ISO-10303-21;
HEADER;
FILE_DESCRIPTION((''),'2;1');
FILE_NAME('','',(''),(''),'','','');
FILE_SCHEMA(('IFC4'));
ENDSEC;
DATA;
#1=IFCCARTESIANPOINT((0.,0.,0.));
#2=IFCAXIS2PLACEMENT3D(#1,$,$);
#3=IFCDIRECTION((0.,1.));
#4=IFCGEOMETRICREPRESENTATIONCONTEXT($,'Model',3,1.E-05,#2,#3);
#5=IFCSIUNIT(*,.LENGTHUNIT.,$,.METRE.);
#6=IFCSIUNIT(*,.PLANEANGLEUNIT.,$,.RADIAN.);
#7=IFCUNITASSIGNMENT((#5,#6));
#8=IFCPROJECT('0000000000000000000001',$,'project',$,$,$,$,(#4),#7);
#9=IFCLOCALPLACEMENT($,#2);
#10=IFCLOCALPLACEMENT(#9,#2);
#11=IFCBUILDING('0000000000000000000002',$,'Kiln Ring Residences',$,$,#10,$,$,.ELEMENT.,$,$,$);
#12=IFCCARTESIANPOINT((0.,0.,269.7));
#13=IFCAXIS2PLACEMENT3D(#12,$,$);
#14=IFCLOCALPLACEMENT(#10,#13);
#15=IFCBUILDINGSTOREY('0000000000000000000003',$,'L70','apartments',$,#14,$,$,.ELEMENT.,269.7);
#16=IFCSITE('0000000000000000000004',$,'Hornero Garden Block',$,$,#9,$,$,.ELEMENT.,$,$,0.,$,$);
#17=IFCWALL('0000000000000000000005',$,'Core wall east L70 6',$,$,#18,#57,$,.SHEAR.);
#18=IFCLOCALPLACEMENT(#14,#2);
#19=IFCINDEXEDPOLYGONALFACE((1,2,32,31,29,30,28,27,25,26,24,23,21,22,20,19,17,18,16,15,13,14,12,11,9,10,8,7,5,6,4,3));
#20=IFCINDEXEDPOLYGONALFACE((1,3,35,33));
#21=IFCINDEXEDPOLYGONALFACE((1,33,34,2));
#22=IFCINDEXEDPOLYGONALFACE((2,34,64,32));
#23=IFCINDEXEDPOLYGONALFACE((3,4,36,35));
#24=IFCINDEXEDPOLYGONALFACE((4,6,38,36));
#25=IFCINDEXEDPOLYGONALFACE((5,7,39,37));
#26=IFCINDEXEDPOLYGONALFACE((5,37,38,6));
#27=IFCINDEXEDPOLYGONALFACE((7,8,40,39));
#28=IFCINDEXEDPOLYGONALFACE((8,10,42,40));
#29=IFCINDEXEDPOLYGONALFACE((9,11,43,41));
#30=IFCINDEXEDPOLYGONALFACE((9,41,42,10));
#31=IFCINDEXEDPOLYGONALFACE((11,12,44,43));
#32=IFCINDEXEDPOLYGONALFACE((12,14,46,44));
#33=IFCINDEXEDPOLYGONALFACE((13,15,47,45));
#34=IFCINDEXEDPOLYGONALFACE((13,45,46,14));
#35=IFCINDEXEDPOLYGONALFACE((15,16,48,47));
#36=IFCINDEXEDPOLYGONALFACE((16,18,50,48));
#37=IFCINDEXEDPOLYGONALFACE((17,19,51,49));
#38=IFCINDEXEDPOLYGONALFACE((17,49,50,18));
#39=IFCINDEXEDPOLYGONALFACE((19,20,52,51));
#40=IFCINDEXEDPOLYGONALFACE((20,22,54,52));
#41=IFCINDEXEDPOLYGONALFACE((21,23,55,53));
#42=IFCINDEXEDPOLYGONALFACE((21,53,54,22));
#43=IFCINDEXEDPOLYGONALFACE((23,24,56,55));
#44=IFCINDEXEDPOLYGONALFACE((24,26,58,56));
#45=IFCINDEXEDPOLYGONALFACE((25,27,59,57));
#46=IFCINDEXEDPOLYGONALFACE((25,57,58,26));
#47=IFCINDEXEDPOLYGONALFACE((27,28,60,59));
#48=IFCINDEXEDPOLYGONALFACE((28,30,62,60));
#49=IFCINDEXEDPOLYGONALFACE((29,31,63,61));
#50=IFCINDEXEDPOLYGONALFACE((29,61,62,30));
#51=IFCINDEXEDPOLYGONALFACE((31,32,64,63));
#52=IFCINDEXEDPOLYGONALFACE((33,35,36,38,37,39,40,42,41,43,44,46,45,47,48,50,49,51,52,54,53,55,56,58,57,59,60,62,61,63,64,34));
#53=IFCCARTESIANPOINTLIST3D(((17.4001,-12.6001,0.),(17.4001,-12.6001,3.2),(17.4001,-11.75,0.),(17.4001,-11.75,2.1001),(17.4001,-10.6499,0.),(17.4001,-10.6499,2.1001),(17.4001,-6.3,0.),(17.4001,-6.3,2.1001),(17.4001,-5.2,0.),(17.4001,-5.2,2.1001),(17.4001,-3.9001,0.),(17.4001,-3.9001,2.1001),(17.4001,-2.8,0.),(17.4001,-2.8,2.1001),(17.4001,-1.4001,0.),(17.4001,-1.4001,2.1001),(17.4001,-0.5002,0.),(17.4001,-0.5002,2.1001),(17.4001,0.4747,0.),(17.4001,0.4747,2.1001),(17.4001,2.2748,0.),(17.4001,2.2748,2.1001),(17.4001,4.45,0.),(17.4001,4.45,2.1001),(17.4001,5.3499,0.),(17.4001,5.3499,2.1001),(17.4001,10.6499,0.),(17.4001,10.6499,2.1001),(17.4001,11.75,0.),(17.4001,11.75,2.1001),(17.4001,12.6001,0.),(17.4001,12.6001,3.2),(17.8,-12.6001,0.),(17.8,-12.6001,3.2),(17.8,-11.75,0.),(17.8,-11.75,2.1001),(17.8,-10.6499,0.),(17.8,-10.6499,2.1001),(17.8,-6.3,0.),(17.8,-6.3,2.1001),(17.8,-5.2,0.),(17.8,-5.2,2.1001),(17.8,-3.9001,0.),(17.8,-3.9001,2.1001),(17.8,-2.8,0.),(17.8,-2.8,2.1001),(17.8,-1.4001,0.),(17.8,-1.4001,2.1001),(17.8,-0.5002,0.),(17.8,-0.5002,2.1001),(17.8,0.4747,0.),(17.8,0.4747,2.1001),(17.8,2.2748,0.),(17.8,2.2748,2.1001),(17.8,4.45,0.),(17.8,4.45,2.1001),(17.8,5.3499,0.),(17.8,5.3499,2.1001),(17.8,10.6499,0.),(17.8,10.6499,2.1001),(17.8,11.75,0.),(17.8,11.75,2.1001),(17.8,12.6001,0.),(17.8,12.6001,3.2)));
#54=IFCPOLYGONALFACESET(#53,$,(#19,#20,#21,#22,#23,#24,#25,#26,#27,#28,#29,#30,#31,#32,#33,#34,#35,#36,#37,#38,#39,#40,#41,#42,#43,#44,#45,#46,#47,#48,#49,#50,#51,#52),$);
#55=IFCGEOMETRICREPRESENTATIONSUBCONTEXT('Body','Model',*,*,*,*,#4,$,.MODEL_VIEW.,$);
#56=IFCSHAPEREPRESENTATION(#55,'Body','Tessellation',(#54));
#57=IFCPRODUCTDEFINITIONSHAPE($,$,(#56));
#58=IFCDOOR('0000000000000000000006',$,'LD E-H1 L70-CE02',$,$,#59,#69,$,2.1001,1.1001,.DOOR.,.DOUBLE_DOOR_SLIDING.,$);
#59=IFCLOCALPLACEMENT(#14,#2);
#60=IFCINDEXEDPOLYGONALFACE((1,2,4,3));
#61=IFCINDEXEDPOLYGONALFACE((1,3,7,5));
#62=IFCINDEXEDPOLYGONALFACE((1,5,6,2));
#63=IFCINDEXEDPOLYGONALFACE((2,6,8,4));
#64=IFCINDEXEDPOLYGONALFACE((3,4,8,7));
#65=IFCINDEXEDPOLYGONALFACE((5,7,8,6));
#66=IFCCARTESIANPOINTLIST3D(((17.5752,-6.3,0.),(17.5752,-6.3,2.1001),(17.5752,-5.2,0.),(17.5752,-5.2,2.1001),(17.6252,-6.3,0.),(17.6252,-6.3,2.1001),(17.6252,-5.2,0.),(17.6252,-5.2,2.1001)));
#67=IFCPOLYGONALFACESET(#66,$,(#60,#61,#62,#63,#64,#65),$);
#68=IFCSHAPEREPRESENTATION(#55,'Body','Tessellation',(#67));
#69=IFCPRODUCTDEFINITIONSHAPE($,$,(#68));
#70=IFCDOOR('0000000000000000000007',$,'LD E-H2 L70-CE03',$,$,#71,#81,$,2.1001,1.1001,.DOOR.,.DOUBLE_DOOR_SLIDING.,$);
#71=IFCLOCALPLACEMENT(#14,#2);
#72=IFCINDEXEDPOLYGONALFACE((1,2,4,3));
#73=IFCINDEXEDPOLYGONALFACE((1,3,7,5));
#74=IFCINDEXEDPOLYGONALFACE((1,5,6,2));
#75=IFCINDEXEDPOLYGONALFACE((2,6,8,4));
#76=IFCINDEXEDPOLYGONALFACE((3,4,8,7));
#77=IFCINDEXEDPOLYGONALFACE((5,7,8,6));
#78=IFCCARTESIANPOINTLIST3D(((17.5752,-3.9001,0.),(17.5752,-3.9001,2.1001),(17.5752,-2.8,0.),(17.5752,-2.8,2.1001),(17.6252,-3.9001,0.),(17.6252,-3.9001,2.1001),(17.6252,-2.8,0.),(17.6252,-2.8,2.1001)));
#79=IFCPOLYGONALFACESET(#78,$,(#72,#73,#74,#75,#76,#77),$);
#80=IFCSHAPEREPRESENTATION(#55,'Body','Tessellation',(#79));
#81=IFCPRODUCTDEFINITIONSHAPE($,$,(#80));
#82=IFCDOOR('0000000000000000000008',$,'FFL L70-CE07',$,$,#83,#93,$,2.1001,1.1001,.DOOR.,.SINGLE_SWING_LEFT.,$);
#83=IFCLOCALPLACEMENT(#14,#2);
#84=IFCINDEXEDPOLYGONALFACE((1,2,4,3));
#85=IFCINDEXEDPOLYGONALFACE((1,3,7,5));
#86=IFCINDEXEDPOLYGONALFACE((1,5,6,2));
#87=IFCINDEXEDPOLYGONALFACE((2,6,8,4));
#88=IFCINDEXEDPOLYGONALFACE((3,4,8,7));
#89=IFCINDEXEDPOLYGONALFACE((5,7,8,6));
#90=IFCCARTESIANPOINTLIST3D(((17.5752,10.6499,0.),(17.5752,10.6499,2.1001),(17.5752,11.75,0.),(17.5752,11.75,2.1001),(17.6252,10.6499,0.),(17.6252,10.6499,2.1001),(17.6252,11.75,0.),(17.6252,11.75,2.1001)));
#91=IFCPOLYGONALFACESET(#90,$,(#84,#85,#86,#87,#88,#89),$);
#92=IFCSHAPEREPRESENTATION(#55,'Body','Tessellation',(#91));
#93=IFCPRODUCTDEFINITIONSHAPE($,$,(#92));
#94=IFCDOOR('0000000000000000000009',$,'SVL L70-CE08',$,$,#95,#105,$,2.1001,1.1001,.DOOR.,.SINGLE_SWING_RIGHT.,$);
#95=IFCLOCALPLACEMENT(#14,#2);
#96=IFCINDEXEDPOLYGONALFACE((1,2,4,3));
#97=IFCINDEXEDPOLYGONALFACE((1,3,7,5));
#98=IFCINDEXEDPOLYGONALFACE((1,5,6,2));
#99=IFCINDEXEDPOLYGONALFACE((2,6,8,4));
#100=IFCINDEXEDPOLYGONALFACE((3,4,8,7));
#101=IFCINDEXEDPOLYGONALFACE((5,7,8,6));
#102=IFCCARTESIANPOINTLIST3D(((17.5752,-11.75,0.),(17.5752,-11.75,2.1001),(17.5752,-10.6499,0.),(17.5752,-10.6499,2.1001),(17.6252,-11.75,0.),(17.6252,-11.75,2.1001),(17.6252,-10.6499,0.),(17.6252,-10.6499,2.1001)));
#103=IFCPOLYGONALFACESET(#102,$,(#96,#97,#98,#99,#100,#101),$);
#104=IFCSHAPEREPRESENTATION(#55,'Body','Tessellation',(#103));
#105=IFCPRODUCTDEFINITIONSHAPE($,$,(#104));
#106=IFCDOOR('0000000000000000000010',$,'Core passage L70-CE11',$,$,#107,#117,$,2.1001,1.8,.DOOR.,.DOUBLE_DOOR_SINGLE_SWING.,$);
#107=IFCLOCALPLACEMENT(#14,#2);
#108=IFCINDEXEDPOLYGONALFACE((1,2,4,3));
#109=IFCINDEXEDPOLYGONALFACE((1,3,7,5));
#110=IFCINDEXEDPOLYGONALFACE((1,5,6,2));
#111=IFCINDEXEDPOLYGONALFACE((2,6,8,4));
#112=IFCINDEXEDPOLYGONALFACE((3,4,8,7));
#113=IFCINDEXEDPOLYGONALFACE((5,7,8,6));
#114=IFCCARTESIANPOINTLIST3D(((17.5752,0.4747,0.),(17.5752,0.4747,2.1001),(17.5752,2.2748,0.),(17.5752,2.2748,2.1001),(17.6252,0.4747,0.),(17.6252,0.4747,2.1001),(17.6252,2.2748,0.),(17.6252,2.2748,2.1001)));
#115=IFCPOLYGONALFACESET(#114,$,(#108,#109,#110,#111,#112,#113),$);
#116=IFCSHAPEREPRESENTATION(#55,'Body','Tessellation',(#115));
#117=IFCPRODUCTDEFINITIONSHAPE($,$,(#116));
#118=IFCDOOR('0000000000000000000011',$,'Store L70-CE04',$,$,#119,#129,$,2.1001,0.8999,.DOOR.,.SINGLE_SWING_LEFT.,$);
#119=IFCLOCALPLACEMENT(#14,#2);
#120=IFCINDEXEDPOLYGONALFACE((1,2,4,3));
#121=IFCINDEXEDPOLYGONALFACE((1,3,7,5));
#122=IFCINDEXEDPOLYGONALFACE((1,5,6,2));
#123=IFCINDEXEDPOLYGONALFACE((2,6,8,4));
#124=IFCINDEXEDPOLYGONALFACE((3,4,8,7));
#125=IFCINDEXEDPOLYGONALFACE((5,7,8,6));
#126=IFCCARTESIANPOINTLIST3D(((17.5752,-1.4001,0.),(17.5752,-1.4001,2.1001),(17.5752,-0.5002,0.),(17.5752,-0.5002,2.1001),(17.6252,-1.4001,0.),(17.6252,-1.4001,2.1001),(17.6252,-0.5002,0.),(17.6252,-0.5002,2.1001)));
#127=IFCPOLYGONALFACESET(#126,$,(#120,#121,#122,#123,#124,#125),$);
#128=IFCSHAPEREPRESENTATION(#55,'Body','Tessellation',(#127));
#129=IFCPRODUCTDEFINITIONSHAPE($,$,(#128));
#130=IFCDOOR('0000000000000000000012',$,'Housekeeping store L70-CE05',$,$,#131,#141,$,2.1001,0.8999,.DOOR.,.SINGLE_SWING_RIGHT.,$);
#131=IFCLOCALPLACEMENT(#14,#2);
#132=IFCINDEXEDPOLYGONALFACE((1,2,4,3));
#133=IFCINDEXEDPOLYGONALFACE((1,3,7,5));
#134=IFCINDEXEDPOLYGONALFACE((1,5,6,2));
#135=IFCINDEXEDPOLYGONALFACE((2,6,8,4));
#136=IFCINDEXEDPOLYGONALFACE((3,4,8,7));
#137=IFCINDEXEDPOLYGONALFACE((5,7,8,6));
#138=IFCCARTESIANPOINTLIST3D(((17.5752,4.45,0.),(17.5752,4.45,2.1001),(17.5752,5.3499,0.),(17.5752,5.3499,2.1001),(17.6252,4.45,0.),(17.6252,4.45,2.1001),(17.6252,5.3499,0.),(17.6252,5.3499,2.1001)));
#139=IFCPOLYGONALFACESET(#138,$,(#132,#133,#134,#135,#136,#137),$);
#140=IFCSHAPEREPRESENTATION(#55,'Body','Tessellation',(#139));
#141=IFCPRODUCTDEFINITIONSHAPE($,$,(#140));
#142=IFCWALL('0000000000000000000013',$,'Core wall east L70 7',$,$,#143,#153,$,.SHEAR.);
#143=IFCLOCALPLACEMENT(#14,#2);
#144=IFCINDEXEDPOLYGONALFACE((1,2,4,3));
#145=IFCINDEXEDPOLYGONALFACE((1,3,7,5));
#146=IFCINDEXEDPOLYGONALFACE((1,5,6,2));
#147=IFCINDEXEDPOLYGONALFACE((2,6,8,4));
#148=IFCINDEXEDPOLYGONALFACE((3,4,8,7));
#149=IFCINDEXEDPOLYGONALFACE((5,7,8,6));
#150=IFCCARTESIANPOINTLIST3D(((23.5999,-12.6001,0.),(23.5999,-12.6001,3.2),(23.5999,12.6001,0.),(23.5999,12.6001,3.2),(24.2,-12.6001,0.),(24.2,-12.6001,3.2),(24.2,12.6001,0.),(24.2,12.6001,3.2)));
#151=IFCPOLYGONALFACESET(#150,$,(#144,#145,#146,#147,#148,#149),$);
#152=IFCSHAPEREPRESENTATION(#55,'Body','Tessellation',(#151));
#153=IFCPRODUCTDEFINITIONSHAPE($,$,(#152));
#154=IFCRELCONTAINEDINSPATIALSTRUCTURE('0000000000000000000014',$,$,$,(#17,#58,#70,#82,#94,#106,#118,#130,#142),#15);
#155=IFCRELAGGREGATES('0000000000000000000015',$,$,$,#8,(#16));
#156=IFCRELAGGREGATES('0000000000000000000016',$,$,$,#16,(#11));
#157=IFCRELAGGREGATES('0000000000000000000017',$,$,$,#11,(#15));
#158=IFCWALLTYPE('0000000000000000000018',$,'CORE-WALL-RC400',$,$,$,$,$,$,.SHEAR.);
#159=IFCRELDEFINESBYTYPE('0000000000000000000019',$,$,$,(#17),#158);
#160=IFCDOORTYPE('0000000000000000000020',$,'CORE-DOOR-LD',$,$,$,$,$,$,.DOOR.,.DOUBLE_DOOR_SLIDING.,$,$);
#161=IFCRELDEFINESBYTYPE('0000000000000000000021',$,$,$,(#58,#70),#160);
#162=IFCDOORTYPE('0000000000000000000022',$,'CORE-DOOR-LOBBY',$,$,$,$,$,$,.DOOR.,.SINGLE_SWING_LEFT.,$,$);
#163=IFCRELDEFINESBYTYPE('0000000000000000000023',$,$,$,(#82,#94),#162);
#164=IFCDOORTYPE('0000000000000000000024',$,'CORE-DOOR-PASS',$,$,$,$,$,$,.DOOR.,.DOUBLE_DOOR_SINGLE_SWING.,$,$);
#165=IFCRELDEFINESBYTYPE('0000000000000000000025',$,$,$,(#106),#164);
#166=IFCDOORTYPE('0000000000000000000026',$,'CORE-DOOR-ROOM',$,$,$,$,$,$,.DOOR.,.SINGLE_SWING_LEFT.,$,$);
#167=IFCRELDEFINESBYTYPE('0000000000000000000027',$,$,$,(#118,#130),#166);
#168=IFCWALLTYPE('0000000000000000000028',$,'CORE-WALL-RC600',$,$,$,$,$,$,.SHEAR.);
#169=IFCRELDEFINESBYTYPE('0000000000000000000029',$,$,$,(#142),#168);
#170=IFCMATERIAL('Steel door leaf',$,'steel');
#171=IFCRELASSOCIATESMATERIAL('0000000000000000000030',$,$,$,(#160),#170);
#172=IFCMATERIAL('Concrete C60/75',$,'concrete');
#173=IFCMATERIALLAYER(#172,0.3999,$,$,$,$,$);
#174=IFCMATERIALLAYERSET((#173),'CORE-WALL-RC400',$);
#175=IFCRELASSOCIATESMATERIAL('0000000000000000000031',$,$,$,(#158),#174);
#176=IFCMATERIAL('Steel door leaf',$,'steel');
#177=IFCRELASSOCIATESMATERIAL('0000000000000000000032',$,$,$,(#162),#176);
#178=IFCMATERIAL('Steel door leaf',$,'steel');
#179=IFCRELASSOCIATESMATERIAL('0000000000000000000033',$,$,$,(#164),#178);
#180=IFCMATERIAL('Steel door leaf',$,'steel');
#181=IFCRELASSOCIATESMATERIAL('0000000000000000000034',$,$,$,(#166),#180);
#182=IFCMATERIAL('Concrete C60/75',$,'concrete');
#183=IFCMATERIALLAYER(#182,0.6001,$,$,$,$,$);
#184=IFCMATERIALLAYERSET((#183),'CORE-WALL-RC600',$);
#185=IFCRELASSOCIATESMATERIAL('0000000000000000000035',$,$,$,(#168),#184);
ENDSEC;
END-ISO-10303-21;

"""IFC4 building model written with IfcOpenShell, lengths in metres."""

from ifc_helpers import new_model, si_unit, direction, frame, frame_2d, origin, place, context, subcontext, project, spatial, rectangle, extrude, material, layer, layer_set, type_object, element, fill, save


model = new_model("IFC4")

# Units and contexts
model_context = context("Model", 3, precision=1e-05, world=origin(), true_north=direction((0.0, 1.0)))
body_context = subcontext(model_context, "Body", "Model", "MODEL_VIEW")
ifc_project = project(units=[si_unit("LENGTHUNIT", "METRE"), si_unit("PLANEANGLEUNIT", "RADIAN")], contexts=[model_context])

# Site, building, storey
site_placement = place(None, origin())
site = spatial("IfcSite", under=ifc_project, at=site_placement, Name="Hornero Garden Block", CompositionType="ELEMENT", RefElevation=0.0)
building_placement = place(site_placement, origin())
building = spatial("IfcBuilding", under=site, at=building_placement, Name="Kiln Ring Residences", CompositionType="ELEMENT")
storey_placement = place(building_placement, frame((0.0, 0.0, 269.7)))
storey = spatial("IfcBuildingStorey", under=building, at=storey_placement, Name="L70", Description="apartments", CompositionType="ELEMENT", Elevation=269.7)

# Wall, openings, doors
ifc_material_1 = material(Name="Steel door leaf", Category="steel")
door_type_1 = type_object("IfcDoorType", Name="CORE-DOOR-LD", OperationType="DOUBLE_DOOR_SLIDING", PredefinedType="DOOR", material=ifc_material_1)
ifc_material_2 = material(Name="Concrete C60/75", Category="concrete")
ifc_layer_1 = layer(ifc_material_2, 0.3999)
ifc_layer_set_1 = layer_set([ifc_layer_1], Name="CORE-WALL-RC400")
wall_type_1 = type_object("IfcWallType", Name="CORE-WALL-RC400", PredefinedType="SHEAR", material=ifc_layer_set_1)
wall_1_placement = place(storey_placement, frame((17.6001, -12.6001, 0.0), z_axis=(0.0, 0.0, 1.0), x_axis=(0.0, 1.0, 0.0)))
wall_1 = element("IfcWall", 1, at=wall_1_placement, inside=storey, type_object=wall_type_1, Name="Core wall east L70 6", PredefinedType="SHEAR", context=body_context, shape_type="SweptSolid", body=[
    extrude(rectangle(XDim=25.2002, YDim=0.3999, at=frame_2d((12.6001, 0.0))), origin(), (0.0, 0.0, 1.0), 3.2),
])
opening_1_placement = place(wall_1_placement, frame((6.3, 0.0, 0.0)))
opening_1 = element("IfcOpeningElement", 2, at=opening_1_placement, cuts=wall_1, PredefinedType="OPENING", context=body_context, shape_type="SweptSolid", body=[
    extrude(rectangle(XDim=1.1001, YDim=2.1001, at=frame_2d((0.55, 1.05))), frame((0.0, 0.21, 0.0), z_axis=(0.0, -1.0, 0.0), x_axis=(1.0, 0.0, 0.0)), (0.0, 0.0, 1.0), 0.4199),
])
opening_2_placement = place(wall_1_placement, frame((8.7, 0.0, 0.0)))
opening_2 = element("IfcOpeningElement", 3, at=opening_2_placement, cuts=wall_1, PredefinedType="OPENING", context=body_context, shape_type="SweptSolid", body=[
    extrude(rectangle(XDim=1.1001, YDim=2.1001, at=frame_2d((0.55, 1.05))), frame((0.0, 0.21, 0.0), z_axis=(0.0, -1.0, 0.0), x_axis=(1.0, 0.0, 0.0)), (0.0, 0.0, 1.0), 0.4199),
])
opening_3_placement = place(wall_1_placement, frame((11.2, 0.0, 0.0)))
opening_3 = element("IfcOpeningElement", 4, at=opening_3_placement, cuts=wall_1, PredefinedType="OPENING", context=body_context, shape_type="SweptSolid", body=[
    extrude(rectangle(XDim=0.8999, YDim=2.1001, at=frame_2d((0.45, 1.05))), frame((0.0, 0.21, 0.0), z_axis=(0.0, -1.0, 0.0), x_axis=(1.0, 0.0, 0.0)), (0.0, 0.0, 1.0), 0.4199),
])
opening_4_placement = place(wall_1_placement, frame((17.05, 0.0, 0.0)))
opening_4 = element("IfcOpeningElement", 5, at=opening_4_placement, cuts=wall_1, PredefinedType="OPENING", context=body_context, shape_type="SweptSolid", body=[
    extrude(rectangle(XDim=0.8999, YDim=2.1001, at=frame_2d((0.45, 1.05))), frame((0.0, 0.21, 0.0), z_axis=(0.0, -1.0, 0.0), x_axis=(1.0, 0.0, 0.0)), (0.0, 0.0, 1.0), 0.4199),
])
opening_5_placement = place(wall_1_placement, frame((23.25, 0.0, 0.0)))
opening_5 = element("IfcOpeningElement", 6, at=opening_5_placement, cuts=wall_1, PredefinedType="OPENING", context=body_context, shape_type="SweptSolid", body=[
    extrude(rectangle(XDim=1.1001, YDim=2.1001, at=frame_2d((0.55, 1.05))), frame((0.0, 0.21, 0.0), z_axis=(0.0, -1.0, 0.0), x_axis=(1.0, 0.0, 0.0)), (0.0, 0.0, 1.0), 0.4199),
])
opening_6_placement = place(wall_1_placement, frame((0.8501, 0.0, 0.0)))
opening_6 = element("IfcOpeningElement", 7, at=opening_6_placement, cuts=wall_1, PredefinedType="OPENING", context=body_context, shape_type="SweptSolid", body=[
    extrude(rectangle(XDim=1.1001, YDim=2.1001, at=frame_2d((0.55, 1.05))), frame((0.0, 0.21, 0.0), z_axis=(0.0, -1.0, 0.0), x_axis=(1.0, 0.0, 0.0)), (0.0, 0.0, 1.0), 0.4199),
])
opening_7_placement = place(wall_1_placement, frame((13.075, 0.0, 0.0)))
opening_7 = element("IfcOpeningElement", 8, at=opening_7_placement, cuts=wall_1, PredefinedType="OPENING", context=body_context, shape_type="SweptSolid", body=[
    extrude(rectangle(XDim=1.8, YDim=2.1001, at=frame_2d((0.8999, 1.05))), frame((0.0, 0.21, 0.0), z_axis=(0.0, -1.0, 0.0), x_axis=(1.0, 0.0, 0.0)), (0.0, 0.0, 1.0), 0.4199),
])
door_1_placement = place(opening_1_placement, origin())
door_1 = element("IfcDoor", 9, at=door_1_placement, inside=storey, type_object=door_type_1, Name="LD E-H1 L70-CE02", OperationType="DOUBLE_DOOR_SLIDING", OverallHeight=2.1001, OverallWidth=1.1001, PredefinedType="DOOR", context=body_context, shape_type="SweptSolid", body=[
    extrude(rectangle(XDim=1.1001, YDim=2.1001, at=frame_2d((0.55, 1.05))), frame((0.0, 0.0249, 0.0), z_axis=(0.0, -1.0, 0.0), x_axis=(1.0, 0.0, 0.0)), (0.0, 0.0, 1.0), 0.05),
])
fill(opening_1, door_1)
door_2_placement = place(opening_2_placement, origin())
door_2 = element("IfcDoor", 10, at=door_2_placement, inside=storey, type_object=door_type_1, Name="LD E-H2 L70-CE03", OperationType="DOUBLE_DOOR_SLIDING", OverallHeight=2.1001, OverallWidth=1.1001, PredefinedType="DOOR", context=body_context, shape_type="SweptSolid", body=[
    extrude(rectangle(XDim=1.1001, YDim=2.1001, at=frame_2d((0.55, 1.05))), frame((0.0, 0.0249, 0.0), z_axis=(0.0, -1.0, 0.0), x_axis=(1.0, 0.0, 0.0)), (0.0, 0.0, 1.0), 0.05),
])
fill(opening_2, door_2)
ifc_material_3 = material(Name="Steel door leaf", Category="steel")
door_type_2 = type_object("IfcDoorType", Name="CORE-DOOR-LOBBY", OperationType="SINGLE_SWING_LEFT", PredefinedType="DOOR", material=ifc_material_3)
door_3_placement = place(opening_5_placement, origin())
door_3 = element("IfcDoor", 11, at=door_3_placement, inside=storey, type_object=door_type_2, Name="FFL L70-CE07", OperationType="SINGLE_SWING_LEFT", OverallHeight=2.1001, OverallWidth=1.1001, PredefinedType="DOOR", context=body_context, shape_type="SweptSolid", body=[
    extrude(rectangle(XDim=1.1001, YDim=2.1001, at=frame_2d((0.55, 1.05))), frame((0.0, 0.0249, 0.0), z_axis=(0.0, -1.0, 0.0), x_axis=(1.0, 0.0, 0.0)), (0.0, 0.0, 1.0), 0.05),
])
fill(opening_5, door_3)
door_4_placement = place(opening_6_placement, origin())
door_4 = element("IfcDoor", 12, at=door_4_placement, inside=storey, type_object=door_type_2, Name="SVL L70-CE08", OperationType="SINGLE_SWING_RIGHT", OverallHeight=2.1001, OverallWidth=1.1001, PredefinedType="DOOR", context=body_context, shape_type="SweptSolid", body=[
    extrude(rectangle(XDim=1.1001, YDim=2.1001, at=frame_2d((0.55, 1.05))), frame((0.0, 0.0249, 0.0), z_axis=(0.0, -1.0, 0.0), x_axis=(1.0, 0.0, 0.0)), (0.0, 0.0, 1.0), 0.05),
])
fill(opening_6, door_4)
ifc_material_4 = material(Name="Steel door leaf", Category="steel")
door_type_3 = type_object("IfcDoorType", Name="CORE-DOOR-PASS", OperationType="DOUBLE_DOOR_SINGLE_SWING", PredefinedType="DOOR", material=ifc_material_4)
door_5_placement = place(opening_7_placement, origin())
door_5 = element("IfcDoor", 13, at=door_5_placement, inside=storey, type_object=door_type_3, Name="Core passage L70-CE11", OperationType="DOUBLE_DOOR_SINGLE_SWING", OverallHeight=2.1001, OverallWidth=1.8, PredefinedType="DOOR", context=body_context, shape_type="SweptSolid", body=[
    extrude(rectangle(XDim=1.8, YDim=2.1001, at=frame_2d((0.8999, 1.05))), frame((0.0, 0.0249, 0.0), z_axis=(0.0, -1.0, 0.0), x_axis=(1.0, 0.0, 0.0)), (0.0, 0.0, 1.0), 0.05),
])
fill(opening_7, door_5)
ifc_material_5 = material(Name="Steel door leaf", Category="steel")
door_type_4 = type_object("IfcDoorType", Name="CORE-DOOR-ROOM", OperationType="SINGLE_SWING_LEFT", PredefinedType="DOOR", material=ifc_material_5)
door_6_placement = place(opening_3_placement, origin())
door_6 = element("IfcDoor", 14, at=door_6_placement, inside=storey, type_object=door_type_4, Name="Store L70-CE04", OperationType="SINGLE_SWING_LEFT", OverallHeight=2.1001, OverallWidth=0.8999, PredefinedType="DOOR", context=body_context, shape_type="SweptSolid", body=[
    extrude(rectangle(XDim=0.8999, YDim=2.1001, at=frame_2d((0.45, 1.05))), frame((0.0, 0.0249, 0.0), z_axis=(0.0, -1.0, 0.0), x_axis=(1.0, 0.0, 0.0)), (0.0, 0.0, 1.0), 0.05),
])
fill(opening_3, door_6)
door_7_placement = place(opening_4_placement, origin())
door_7 = element("IfcDoor", 15, at=door_7_placement, inside=storey, type_object=door_type_4, Name="Housekeeping store L70-CE05", OperationType="SINGLE_SWING_RIGHT", OverallHeight=2.1001, OverallWidth=0.8999, PredefinedType="DOOR", context=body_context, shape_type="SweptSolid", body=[
    extrude(rectangle(XDim=0.8999, YDim=2.1001, at=frame_2d((0.45, 1.05))), frame((0.0, 0.0249, 0.0), z_axis=(0.0, -1.0, 0.0), x_axis=(1.0, 0.0, 0.0)), (0.0, 0.0, 1.0), 0.05),
])
fill(opening_4, door_7)

# Wall
ifc_material_6 = material(Name="Concrete C60/75", Category="concrete")
ifc_layer_2 = layer(ifc_material_6, 0.6001)
ifc_layer_set_2 = layer_set([ifc_layer_2], Name="CORE-WALL-RC600")
wall_type_2 = type_object("IfcWallType", Name="CORE-WALL-RC600", PredefinedType="SHEAR", material=ifc_layer_set_2)
wall_2_placement = place(storey_placement, frame((23.8999, -12.6001, 0.0), z_axis=(0.0, 0.0, 1.0), x_axis=(0.0, 1.0, 0.0)))
element("IfcWall", 16, at=wall_2_placement, inside=storey, type_object=wall_type_2, Name="Core wall east L70 7", PredefinedType="SHEAR", context=body_context, shape_type="SweptSolid", body=[
    extrude(rectangle(XDim=25.2002, YDim=0.6001, at=frame_2d((12.6001, 0.0))), origin(), (0.0, 0.0, 1.0), 3.2),
])

save(model, "model.ifc")
